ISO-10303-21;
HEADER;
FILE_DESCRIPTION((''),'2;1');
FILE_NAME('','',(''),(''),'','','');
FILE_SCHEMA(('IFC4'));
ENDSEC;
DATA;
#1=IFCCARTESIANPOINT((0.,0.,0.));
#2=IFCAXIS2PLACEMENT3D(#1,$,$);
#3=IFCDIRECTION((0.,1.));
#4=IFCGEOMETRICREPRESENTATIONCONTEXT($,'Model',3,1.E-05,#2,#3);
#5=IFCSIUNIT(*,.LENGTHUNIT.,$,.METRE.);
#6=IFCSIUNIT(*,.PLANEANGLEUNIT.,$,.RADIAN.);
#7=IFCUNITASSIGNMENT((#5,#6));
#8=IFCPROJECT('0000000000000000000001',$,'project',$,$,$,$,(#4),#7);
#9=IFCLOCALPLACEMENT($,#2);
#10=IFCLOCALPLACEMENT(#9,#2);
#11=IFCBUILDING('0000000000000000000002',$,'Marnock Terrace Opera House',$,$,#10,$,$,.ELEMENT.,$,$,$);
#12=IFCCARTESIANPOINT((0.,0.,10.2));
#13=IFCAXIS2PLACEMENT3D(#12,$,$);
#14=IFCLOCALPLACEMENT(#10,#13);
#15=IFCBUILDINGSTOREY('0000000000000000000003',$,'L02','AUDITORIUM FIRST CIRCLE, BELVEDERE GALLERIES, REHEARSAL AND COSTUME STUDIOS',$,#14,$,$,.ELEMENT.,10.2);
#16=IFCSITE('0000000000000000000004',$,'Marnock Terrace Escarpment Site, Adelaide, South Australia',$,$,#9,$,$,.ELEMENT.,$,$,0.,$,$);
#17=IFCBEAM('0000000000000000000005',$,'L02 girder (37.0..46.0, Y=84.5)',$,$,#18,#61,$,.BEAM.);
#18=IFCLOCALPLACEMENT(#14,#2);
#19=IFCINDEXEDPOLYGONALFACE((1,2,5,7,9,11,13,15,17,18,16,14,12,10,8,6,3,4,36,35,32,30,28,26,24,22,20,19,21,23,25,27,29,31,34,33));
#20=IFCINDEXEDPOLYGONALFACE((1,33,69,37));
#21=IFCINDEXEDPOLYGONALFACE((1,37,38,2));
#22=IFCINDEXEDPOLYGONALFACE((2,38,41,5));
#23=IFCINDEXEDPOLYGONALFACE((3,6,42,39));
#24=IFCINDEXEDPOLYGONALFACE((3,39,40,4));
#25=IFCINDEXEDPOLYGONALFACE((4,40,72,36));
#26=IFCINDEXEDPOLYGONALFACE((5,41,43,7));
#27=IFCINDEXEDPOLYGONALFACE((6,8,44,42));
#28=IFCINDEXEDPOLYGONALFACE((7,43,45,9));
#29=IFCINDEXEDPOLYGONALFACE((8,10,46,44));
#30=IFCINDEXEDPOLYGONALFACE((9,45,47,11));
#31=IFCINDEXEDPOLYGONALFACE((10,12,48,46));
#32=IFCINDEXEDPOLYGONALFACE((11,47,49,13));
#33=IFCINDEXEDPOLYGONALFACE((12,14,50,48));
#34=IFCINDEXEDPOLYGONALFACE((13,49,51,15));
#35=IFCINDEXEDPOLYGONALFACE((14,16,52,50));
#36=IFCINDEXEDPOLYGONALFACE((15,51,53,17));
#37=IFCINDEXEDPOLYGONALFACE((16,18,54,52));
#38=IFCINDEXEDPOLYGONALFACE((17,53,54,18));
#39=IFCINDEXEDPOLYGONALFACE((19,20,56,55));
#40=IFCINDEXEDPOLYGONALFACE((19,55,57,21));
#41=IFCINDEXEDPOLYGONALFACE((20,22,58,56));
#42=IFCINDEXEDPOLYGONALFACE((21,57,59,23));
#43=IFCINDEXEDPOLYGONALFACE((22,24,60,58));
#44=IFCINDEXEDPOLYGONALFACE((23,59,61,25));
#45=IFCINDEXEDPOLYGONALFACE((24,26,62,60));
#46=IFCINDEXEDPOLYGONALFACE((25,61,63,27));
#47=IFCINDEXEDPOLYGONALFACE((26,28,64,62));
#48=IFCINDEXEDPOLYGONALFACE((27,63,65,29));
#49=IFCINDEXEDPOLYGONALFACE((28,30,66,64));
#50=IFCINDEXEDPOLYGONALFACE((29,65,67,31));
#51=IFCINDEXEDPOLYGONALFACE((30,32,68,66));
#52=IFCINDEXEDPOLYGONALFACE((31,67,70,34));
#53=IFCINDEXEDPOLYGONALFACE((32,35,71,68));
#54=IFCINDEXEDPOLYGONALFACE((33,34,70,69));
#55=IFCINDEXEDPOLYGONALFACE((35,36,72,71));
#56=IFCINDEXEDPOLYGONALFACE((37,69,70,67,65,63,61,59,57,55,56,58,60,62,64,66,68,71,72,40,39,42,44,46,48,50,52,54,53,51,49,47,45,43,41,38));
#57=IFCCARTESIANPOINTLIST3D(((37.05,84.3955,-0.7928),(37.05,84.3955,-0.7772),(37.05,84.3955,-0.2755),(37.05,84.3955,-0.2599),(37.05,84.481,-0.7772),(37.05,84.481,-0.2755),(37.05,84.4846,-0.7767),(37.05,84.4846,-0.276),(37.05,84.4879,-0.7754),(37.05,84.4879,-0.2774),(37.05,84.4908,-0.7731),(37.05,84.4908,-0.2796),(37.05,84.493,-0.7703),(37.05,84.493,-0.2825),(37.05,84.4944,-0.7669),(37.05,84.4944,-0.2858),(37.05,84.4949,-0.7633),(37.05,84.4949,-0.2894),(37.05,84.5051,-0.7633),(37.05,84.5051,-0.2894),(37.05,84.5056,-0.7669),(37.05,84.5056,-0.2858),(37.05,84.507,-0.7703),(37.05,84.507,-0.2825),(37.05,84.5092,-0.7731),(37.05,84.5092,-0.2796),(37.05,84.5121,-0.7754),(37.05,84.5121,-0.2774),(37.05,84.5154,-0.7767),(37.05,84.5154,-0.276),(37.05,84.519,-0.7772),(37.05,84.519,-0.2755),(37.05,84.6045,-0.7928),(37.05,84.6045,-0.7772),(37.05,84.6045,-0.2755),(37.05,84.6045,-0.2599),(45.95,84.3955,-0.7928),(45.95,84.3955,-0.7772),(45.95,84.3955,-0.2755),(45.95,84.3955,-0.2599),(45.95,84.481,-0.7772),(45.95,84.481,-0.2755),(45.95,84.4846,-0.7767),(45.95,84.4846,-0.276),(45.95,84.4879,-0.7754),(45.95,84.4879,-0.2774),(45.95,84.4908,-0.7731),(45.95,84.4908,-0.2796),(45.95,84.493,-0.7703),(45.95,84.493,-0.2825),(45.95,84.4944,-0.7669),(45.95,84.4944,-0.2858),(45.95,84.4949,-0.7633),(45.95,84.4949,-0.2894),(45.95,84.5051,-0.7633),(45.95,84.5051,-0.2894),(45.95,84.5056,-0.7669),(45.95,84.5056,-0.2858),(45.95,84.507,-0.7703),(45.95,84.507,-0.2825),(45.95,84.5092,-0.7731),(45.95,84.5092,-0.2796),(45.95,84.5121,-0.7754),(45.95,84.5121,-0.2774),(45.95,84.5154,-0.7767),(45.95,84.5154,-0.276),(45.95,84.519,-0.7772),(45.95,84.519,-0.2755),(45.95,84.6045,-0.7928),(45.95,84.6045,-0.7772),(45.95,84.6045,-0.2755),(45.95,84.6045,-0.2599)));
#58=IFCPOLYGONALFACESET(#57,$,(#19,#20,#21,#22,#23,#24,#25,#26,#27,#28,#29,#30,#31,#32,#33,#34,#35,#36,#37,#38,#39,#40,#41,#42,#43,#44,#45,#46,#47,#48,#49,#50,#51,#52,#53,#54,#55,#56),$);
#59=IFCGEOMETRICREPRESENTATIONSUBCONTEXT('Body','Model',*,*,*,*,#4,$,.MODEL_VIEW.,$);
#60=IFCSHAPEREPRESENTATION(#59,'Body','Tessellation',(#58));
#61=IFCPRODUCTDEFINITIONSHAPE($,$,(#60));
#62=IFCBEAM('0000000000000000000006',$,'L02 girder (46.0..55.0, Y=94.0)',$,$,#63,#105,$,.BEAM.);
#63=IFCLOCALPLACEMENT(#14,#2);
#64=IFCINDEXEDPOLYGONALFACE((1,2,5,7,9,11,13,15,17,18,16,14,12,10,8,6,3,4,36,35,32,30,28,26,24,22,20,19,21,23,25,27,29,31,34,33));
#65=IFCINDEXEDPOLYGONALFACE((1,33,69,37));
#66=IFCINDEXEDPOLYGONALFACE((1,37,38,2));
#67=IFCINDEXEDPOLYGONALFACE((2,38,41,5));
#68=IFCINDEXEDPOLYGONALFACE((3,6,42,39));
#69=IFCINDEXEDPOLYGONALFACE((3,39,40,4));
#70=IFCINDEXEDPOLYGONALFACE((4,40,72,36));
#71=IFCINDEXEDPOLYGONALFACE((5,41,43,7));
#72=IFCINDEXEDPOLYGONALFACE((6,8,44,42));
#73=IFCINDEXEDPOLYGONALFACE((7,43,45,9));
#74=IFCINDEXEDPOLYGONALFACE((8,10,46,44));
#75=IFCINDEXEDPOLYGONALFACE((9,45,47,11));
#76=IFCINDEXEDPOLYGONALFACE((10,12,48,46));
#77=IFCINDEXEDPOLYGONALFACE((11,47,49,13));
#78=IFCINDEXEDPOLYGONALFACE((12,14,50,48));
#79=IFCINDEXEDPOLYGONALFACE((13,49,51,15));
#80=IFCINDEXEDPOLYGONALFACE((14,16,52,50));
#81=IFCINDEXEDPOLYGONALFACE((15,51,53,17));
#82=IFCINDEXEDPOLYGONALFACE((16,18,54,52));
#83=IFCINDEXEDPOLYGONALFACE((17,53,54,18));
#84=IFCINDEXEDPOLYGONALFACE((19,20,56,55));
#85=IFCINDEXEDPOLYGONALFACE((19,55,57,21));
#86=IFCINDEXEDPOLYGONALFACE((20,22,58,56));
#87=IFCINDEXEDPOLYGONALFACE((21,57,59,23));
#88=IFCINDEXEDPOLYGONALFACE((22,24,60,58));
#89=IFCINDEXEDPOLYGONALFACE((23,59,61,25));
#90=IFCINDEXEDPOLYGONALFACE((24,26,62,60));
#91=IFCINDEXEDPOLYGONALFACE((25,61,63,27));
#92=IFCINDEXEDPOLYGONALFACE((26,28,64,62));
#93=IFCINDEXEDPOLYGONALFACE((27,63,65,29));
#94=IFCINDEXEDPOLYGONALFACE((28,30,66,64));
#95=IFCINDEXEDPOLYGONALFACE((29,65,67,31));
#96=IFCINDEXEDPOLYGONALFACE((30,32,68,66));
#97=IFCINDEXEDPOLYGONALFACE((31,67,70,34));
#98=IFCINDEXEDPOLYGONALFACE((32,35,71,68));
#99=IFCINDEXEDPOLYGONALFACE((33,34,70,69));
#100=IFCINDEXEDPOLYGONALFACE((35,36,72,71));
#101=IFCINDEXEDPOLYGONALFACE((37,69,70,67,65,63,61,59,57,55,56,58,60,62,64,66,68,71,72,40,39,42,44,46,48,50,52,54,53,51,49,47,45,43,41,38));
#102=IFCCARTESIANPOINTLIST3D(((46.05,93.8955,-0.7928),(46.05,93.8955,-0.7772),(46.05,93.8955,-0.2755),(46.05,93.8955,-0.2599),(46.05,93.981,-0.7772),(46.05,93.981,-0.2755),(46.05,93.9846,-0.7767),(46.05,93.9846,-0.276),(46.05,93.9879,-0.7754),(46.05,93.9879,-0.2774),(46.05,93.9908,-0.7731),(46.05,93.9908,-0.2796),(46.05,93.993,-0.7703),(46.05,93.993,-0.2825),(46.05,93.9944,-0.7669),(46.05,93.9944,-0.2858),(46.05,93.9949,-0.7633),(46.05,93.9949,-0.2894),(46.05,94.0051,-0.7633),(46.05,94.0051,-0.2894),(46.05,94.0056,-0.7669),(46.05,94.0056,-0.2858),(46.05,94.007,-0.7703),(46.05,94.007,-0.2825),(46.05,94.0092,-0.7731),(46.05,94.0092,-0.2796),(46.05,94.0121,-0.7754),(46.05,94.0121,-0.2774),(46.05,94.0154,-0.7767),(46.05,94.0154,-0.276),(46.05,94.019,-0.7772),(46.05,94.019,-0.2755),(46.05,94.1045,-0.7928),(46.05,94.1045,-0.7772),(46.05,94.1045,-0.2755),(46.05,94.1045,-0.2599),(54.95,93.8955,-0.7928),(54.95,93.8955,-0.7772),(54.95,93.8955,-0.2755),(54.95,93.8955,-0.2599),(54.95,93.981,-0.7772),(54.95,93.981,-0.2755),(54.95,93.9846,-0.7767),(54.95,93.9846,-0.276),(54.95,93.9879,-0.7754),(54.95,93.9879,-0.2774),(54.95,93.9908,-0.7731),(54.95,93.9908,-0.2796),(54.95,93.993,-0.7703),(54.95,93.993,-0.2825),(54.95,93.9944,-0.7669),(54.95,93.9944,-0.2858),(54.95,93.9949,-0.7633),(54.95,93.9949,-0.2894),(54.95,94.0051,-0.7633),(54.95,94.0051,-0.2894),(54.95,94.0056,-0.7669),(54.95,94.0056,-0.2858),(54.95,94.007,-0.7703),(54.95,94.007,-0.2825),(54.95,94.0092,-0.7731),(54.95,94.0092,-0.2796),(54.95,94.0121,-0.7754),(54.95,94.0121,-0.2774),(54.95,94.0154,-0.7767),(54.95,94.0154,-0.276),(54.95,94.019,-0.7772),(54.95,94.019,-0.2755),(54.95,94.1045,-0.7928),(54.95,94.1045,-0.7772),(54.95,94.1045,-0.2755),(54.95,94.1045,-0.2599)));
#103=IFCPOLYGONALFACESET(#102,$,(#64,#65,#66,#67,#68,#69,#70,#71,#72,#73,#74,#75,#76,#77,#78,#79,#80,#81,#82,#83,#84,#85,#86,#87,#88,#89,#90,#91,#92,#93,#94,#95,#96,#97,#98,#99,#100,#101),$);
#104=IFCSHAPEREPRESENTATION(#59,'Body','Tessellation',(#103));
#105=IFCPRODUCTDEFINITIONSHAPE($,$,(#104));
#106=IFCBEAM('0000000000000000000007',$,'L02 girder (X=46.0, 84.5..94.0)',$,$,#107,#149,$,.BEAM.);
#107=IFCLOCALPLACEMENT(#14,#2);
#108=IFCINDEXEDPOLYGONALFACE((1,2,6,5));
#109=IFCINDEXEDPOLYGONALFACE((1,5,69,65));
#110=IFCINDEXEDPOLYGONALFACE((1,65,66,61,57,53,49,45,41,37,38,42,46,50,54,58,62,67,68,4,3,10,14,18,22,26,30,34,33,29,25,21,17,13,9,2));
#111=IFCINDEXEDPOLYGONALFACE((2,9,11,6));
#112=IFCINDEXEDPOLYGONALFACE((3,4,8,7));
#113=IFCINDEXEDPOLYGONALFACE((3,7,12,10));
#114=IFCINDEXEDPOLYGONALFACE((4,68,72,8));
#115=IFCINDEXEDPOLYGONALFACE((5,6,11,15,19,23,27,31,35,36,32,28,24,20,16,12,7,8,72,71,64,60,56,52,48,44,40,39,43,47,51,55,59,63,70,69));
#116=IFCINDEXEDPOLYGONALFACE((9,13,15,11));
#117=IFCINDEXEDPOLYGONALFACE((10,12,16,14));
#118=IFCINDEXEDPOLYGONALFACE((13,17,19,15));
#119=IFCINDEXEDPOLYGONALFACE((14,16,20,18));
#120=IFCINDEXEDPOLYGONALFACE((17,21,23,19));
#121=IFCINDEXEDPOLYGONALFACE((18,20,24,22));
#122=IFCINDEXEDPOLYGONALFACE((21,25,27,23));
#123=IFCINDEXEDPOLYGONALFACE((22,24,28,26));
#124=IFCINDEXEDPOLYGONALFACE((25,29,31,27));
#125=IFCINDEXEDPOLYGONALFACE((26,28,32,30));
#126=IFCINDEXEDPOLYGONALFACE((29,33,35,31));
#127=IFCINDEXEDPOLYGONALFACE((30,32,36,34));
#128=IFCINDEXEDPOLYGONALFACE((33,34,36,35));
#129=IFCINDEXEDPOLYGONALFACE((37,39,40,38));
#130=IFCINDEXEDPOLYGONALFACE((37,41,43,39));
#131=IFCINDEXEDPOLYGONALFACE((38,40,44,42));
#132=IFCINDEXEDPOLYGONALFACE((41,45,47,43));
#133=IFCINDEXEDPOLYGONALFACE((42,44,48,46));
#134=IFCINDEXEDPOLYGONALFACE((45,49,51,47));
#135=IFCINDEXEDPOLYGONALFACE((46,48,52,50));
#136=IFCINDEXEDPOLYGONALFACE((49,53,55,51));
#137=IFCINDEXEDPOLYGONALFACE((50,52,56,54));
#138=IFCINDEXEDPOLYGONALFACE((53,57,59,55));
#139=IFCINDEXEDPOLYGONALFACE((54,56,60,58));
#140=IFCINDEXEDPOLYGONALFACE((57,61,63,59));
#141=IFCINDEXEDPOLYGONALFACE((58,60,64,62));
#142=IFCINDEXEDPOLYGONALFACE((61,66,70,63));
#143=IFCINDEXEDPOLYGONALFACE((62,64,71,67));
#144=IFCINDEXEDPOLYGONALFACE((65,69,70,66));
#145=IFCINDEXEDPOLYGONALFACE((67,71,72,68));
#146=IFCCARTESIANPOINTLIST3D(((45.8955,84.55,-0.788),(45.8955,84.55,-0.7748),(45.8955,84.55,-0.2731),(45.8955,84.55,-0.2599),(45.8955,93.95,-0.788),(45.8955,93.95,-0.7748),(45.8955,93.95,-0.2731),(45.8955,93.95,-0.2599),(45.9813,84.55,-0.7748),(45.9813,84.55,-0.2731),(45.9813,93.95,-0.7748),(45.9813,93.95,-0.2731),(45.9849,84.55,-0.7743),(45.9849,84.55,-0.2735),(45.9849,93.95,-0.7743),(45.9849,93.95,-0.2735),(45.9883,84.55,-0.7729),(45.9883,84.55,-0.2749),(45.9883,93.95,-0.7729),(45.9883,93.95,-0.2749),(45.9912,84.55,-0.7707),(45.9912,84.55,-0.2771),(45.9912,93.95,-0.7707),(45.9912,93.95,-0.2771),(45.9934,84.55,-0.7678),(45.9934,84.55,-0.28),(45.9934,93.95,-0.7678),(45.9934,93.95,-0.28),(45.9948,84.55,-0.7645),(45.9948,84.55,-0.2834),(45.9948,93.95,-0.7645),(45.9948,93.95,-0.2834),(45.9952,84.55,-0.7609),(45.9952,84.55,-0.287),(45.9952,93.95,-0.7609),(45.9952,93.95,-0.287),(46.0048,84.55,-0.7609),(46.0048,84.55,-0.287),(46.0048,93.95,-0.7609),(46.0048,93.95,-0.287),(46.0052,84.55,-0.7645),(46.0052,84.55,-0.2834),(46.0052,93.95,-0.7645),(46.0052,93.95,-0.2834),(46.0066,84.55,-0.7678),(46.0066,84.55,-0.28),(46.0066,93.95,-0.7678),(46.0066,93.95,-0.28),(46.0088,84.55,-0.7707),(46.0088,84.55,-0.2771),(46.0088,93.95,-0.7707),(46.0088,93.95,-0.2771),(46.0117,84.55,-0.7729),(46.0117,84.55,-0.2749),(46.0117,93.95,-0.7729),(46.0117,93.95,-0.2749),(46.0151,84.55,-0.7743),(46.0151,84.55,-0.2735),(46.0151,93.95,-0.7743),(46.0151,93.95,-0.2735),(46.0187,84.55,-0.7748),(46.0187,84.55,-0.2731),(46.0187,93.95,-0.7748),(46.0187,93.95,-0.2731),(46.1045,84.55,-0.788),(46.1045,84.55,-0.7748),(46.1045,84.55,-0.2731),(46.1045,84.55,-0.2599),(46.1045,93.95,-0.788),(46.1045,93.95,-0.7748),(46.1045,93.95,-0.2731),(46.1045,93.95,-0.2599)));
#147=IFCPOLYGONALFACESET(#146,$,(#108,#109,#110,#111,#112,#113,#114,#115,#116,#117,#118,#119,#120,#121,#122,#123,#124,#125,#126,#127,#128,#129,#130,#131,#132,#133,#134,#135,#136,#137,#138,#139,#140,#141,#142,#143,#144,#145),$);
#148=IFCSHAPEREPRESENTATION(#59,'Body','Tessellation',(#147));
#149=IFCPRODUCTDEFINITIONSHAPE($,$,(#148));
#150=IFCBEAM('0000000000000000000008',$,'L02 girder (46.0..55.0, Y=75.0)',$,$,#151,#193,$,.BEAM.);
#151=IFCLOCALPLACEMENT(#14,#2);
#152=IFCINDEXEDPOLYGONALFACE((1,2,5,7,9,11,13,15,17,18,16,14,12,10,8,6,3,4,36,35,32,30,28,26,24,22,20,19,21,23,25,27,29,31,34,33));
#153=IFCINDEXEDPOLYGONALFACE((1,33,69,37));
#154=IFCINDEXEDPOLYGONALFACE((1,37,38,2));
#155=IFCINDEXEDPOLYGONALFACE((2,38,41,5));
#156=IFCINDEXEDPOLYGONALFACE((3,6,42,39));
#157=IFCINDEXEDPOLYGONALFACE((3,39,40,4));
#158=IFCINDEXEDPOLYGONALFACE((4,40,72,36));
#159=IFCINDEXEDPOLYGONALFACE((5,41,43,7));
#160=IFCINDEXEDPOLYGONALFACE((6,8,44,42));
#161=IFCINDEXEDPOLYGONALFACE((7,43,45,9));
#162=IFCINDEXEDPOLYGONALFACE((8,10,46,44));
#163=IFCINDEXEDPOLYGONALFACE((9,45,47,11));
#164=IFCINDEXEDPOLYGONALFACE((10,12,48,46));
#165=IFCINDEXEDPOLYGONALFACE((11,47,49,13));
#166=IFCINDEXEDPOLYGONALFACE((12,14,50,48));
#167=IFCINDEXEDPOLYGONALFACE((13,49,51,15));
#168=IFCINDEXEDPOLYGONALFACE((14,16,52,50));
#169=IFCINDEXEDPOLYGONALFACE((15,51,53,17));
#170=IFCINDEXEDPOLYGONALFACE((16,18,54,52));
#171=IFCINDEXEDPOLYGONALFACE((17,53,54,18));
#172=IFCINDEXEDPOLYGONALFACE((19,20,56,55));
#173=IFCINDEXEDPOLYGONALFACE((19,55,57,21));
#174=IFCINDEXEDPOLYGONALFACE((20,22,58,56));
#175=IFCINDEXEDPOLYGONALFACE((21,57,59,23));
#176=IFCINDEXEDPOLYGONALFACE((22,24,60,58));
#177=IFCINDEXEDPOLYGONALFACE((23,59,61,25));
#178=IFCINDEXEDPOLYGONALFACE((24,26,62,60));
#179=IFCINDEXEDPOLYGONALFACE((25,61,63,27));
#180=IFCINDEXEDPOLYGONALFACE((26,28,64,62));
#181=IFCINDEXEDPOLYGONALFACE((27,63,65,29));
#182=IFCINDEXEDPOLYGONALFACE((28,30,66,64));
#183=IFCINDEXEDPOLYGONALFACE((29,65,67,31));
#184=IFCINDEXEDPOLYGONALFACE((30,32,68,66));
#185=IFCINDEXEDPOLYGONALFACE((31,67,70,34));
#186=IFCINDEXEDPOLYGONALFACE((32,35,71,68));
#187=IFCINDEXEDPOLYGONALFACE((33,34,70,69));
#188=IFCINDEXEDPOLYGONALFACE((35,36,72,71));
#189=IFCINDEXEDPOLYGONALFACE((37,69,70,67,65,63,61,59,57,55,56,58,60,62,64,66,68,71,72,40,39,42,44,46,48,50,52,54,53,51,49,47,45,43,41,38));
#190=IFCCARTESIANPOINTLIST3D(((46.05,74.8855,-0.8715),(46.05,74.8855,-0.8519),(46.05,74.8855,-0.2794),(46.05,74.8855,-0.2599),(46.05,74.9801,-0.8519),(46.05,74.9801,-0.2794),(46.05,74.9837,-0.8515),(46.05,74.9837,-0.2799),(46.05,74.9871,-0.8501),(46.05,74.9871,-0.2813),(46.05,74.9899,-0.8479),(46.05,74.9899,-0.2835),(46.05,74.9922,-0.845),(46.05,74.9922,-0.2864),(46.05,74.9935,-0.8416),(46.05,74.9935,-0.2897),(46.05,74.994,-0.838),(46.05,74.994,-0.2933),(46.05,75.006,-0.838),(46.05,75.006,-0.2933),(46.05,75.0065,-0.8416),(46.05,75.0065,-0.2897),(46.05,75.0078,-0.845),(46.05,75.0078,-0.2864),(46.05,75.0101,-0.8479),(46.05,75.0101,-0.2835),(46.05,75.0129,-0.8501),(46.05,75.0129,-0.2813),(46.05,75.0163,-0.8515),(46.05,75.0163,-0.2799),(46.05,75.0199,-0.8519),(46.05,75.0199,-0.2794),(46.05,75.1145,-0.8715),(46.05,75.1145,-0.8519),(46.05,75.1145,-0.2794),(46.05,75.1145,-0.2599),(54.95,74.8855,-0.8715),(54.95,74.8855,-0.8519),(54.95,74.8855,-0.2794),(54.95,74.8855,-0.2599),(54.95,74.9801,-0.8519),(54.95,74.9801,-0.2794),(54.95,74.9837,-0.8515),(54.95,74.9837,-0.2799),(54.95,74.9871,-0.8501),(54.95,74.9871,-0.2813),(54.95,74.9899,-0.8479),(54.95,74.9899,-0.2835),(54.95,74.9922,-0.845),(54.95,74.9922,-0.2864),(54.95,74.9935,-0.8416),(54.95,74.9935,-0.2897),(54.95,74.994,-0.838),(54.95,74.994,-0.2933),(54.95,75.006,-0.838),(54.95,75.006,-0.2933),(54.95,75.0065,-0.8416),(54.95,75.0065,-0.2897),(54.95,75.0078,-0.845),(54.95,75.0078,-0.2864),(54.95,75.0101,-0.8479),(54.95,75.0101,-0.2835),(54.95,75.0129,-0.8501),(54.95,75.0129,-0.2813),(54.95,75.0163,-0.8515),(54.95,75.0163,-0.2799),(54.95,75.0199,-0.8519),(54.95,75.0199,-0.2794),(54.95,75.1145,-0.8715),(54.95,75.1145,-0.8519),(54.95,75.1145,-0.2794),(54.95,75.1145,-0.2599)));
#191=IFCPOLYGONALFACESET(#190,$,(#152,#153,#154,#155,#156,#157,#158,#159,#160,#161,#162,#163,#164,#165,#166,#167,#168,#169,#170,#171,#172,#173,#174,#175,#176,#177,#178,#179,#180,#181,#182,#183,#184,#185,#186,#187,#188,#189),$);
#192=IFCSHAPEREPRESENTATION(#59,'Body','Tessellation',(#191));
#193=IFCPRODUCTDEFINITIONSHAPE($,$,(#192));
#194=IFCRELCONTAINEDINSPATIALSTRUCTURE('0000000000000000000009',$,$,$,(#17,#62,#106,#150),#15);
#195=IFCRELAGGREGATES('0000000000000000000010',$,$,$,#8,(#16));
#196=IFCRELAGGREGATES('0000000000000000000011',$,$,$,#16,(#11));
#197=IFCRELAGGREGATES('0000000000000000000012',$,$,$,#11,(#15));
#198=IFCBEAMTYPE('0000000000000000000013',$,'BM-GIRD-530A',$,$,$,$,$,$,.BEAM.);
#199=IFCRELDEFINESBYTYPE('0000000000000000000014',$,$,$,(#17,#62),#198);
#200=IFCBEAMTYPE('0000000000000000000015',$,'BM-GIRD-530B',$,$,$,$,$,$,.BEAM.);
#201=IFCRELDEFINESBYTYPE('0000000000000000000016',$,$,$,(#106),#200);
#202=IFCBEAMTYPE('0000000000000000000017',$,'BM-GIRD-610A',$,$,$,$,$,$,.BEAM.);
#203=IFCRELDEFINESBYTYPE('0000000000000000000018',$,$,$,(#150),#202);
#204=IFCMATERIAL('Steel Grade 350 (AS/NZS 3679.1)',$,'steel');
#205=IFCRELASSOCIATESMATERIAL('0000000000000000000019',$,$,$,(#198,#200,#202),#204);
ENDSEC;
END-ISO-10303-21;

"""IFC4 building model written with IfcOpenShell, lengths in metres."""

from ifc_helpers import new_model, si_unit, direction, frame, origin, origin_2d, place, context, subcontext, project, spatial, i_section, extrude, material, material_profile, profile_set, type_object, element, save


model = new_model("IFC4")

# Units and contexts
model_context = context("Model", 3, precision=1e-05, world=origin(), true_north=direction((0.0, 1.0)))
body_context = subcontext(model_context, "Body", "Model", "MODEL_VIEW")
ifc_project = project(units=[si_unit("LENGTHUNIT", "METRE"), si_unit("PLANEANGLEUNIT", "RADIAN")], contexts=[model_context])

# Site, building, storey
site_placement = place(None, origin())
site = spatial("IfcSite", under=ifc_project, at=site_placement, Name="Marnock Terrace Escarpment Site, Adelaide, South Australia", CompositionType="ELEMENT", RefElevation=0.0)
building_placement = place(site_placement, origin())
building = spatial("IfcBuilding", under=site, at=building_placement, Name="Marnock Terrace Opera House", CompositionType="ELEMENT")
storey_placement = place(building_placement, frame((0.0, 0.0, 10.2)))
storey = spatial("IfcBuildingStorey", under=building, at=storey_placement, Name="L02", Description="AUDITORIUM FIRST CIRCLE, BELVEDERE GALLERIES, REHEARSAL AND COSTUME STUDIOS", CompositionType="ELEMENT", Elevation=10.2)

# Shared definitions
ifc_material_1 = material(Name="Steel Grade 350 (AS/NZS 3679.1)", Category="steel")

# Beams
ifc_material_profile_1 = material_profile(ifc_material_1, i_section(OverallWidth=0.209, OverallDepth=0.533, WebThickness=0.0103, FlangeThickness=0.0156, FilletRadius=0.0139, at=origin_2d()))
ifc_profile_set_1 = profile_set([ifc_material_profile_1], Name="Steel Grade 350 (AS/NZS 3679.1)")
beam_type_1 = type_object("IfcBeamType", Name="BM-GIRD-530A", PredefinedType="BEAM", material=ifc_profile_set_1)
for number, where, z_axis, x_axis, name in (
    (1, (37.05, 84.5, -0.5264), (1.0, 0.0, 0.0), (0.0, 1.0, 0.0), "L02 girder (37.0..46.0, Y=84.5)"),
    (2, (46.05, 94.0, -0.5264), (1.0, 0.0, 0.0), (0.0, 1.0, 0.0), "L02 girder (46.0..55.0, Y=94.0)"),
):
    element("IfcBeam", number, at=place(storey_placement, frame(where, z_axis=z_axis, x_axis=x_axis)), inside=storey, type_object=beam_type_1, Name=name, PredefinedType="BEAM", context=body_context, shape_type="SweptSolid", body=[
        extrude(i_section(OverallWidth=0.209, OverallDepth=0.533, WebThickness=0.0103, FlangeThickness=0.0156, FilletRadius=0.0139, at=origin_2d()), origin(), (0.0, 0.0, 1.0), 8.8999),
    ])
ifc_material_profile_2 = material_profile(ifc_material_1, i_section(OverallWidth=0.209, OverallDepth=0.5281, WebThickness=0.0095, FlangeThickness=0.0132, FilletRadius=0.0139, at=origin_2d()))
ifc_profile_set_2 = profile_set([ifc_material_profile_2], Name="Steel Grade 350 (AS/NZS 3679.1)")
beam_type_2 = type_object("IfcBeamType", Name="BM-GIRD-530B", PredefinedType="BEAM", material=ifc_profile_set_2)
beam_1_placement = place(storey_placement, frame((46.0, 84.55, -0.5239), z_axis=(0.0, 1.0, 0.0), x_axis=(-1.0, 0.0, 0.0)))
element("IfcBeam", 3, at=beam_1_placement, inside=storey, type_object=beam_type_2, Name="L02 girder (X=46.0, 84.5..94.0)", PredefinedType="BEAM", context=body_context, shape_type="SweptSolid", body=[
    extrude(i_section(OverallWidth=0.209, OverallDepth=0.5281, WebThickness=0.0095, FlangeThickness=0.0132, FilletRadius=0.0139, at=origin_2d()), origin(), (0.0, 0.0, 1.0), 9.3999),
])
ifc_material_profile_3 = material_profile(ifc_material_1, i_section(OverallWidth=0.229, OverallDepth=0.6116, WebThickness=0.012, FlangeThickness=0.0195, FilletRadius=0.0139, at=origin_2d()))
ifc_profile_set_3 = profile_set([ifc_material_profile_3], Name="Steel Grade 350 (AS/NZS 3679.1)")
beam_type_3 = type_object("IfcBeamType", Name="BM-GIRD-610A", PredefinedType="BEAM", material=ifc_profile_set_3)
for number, where, z_axis, x_axis, name in (
    (4, (46.05, 75.0, -0.5657), (1.0, 0.0, 0.0), (0.0, 1.0, 0.0), "L02 girder (46.0..55.0, Y=75.0)"),
):
    element("IfcBeam", number, at=place(storey_placement, frame(where, z_axis=z_axis, x_axis=x_axis)), inside=storey, type_object=beam_type_3, Name=name, PredefinedType="BEAM", context=body_context, shape_type="SweptSolid", body=[
        extrude(i_section(OverallWidth=0.229, OverallDepth=0.6116, WebThickness=0.012, FlangeThickness=0.0195, FilletRadius=0.0139, at=origin_2d()), origin(), (0.0, 0.0, 1.0), 8.8999),
    ])

save(model, "model.ifc")
